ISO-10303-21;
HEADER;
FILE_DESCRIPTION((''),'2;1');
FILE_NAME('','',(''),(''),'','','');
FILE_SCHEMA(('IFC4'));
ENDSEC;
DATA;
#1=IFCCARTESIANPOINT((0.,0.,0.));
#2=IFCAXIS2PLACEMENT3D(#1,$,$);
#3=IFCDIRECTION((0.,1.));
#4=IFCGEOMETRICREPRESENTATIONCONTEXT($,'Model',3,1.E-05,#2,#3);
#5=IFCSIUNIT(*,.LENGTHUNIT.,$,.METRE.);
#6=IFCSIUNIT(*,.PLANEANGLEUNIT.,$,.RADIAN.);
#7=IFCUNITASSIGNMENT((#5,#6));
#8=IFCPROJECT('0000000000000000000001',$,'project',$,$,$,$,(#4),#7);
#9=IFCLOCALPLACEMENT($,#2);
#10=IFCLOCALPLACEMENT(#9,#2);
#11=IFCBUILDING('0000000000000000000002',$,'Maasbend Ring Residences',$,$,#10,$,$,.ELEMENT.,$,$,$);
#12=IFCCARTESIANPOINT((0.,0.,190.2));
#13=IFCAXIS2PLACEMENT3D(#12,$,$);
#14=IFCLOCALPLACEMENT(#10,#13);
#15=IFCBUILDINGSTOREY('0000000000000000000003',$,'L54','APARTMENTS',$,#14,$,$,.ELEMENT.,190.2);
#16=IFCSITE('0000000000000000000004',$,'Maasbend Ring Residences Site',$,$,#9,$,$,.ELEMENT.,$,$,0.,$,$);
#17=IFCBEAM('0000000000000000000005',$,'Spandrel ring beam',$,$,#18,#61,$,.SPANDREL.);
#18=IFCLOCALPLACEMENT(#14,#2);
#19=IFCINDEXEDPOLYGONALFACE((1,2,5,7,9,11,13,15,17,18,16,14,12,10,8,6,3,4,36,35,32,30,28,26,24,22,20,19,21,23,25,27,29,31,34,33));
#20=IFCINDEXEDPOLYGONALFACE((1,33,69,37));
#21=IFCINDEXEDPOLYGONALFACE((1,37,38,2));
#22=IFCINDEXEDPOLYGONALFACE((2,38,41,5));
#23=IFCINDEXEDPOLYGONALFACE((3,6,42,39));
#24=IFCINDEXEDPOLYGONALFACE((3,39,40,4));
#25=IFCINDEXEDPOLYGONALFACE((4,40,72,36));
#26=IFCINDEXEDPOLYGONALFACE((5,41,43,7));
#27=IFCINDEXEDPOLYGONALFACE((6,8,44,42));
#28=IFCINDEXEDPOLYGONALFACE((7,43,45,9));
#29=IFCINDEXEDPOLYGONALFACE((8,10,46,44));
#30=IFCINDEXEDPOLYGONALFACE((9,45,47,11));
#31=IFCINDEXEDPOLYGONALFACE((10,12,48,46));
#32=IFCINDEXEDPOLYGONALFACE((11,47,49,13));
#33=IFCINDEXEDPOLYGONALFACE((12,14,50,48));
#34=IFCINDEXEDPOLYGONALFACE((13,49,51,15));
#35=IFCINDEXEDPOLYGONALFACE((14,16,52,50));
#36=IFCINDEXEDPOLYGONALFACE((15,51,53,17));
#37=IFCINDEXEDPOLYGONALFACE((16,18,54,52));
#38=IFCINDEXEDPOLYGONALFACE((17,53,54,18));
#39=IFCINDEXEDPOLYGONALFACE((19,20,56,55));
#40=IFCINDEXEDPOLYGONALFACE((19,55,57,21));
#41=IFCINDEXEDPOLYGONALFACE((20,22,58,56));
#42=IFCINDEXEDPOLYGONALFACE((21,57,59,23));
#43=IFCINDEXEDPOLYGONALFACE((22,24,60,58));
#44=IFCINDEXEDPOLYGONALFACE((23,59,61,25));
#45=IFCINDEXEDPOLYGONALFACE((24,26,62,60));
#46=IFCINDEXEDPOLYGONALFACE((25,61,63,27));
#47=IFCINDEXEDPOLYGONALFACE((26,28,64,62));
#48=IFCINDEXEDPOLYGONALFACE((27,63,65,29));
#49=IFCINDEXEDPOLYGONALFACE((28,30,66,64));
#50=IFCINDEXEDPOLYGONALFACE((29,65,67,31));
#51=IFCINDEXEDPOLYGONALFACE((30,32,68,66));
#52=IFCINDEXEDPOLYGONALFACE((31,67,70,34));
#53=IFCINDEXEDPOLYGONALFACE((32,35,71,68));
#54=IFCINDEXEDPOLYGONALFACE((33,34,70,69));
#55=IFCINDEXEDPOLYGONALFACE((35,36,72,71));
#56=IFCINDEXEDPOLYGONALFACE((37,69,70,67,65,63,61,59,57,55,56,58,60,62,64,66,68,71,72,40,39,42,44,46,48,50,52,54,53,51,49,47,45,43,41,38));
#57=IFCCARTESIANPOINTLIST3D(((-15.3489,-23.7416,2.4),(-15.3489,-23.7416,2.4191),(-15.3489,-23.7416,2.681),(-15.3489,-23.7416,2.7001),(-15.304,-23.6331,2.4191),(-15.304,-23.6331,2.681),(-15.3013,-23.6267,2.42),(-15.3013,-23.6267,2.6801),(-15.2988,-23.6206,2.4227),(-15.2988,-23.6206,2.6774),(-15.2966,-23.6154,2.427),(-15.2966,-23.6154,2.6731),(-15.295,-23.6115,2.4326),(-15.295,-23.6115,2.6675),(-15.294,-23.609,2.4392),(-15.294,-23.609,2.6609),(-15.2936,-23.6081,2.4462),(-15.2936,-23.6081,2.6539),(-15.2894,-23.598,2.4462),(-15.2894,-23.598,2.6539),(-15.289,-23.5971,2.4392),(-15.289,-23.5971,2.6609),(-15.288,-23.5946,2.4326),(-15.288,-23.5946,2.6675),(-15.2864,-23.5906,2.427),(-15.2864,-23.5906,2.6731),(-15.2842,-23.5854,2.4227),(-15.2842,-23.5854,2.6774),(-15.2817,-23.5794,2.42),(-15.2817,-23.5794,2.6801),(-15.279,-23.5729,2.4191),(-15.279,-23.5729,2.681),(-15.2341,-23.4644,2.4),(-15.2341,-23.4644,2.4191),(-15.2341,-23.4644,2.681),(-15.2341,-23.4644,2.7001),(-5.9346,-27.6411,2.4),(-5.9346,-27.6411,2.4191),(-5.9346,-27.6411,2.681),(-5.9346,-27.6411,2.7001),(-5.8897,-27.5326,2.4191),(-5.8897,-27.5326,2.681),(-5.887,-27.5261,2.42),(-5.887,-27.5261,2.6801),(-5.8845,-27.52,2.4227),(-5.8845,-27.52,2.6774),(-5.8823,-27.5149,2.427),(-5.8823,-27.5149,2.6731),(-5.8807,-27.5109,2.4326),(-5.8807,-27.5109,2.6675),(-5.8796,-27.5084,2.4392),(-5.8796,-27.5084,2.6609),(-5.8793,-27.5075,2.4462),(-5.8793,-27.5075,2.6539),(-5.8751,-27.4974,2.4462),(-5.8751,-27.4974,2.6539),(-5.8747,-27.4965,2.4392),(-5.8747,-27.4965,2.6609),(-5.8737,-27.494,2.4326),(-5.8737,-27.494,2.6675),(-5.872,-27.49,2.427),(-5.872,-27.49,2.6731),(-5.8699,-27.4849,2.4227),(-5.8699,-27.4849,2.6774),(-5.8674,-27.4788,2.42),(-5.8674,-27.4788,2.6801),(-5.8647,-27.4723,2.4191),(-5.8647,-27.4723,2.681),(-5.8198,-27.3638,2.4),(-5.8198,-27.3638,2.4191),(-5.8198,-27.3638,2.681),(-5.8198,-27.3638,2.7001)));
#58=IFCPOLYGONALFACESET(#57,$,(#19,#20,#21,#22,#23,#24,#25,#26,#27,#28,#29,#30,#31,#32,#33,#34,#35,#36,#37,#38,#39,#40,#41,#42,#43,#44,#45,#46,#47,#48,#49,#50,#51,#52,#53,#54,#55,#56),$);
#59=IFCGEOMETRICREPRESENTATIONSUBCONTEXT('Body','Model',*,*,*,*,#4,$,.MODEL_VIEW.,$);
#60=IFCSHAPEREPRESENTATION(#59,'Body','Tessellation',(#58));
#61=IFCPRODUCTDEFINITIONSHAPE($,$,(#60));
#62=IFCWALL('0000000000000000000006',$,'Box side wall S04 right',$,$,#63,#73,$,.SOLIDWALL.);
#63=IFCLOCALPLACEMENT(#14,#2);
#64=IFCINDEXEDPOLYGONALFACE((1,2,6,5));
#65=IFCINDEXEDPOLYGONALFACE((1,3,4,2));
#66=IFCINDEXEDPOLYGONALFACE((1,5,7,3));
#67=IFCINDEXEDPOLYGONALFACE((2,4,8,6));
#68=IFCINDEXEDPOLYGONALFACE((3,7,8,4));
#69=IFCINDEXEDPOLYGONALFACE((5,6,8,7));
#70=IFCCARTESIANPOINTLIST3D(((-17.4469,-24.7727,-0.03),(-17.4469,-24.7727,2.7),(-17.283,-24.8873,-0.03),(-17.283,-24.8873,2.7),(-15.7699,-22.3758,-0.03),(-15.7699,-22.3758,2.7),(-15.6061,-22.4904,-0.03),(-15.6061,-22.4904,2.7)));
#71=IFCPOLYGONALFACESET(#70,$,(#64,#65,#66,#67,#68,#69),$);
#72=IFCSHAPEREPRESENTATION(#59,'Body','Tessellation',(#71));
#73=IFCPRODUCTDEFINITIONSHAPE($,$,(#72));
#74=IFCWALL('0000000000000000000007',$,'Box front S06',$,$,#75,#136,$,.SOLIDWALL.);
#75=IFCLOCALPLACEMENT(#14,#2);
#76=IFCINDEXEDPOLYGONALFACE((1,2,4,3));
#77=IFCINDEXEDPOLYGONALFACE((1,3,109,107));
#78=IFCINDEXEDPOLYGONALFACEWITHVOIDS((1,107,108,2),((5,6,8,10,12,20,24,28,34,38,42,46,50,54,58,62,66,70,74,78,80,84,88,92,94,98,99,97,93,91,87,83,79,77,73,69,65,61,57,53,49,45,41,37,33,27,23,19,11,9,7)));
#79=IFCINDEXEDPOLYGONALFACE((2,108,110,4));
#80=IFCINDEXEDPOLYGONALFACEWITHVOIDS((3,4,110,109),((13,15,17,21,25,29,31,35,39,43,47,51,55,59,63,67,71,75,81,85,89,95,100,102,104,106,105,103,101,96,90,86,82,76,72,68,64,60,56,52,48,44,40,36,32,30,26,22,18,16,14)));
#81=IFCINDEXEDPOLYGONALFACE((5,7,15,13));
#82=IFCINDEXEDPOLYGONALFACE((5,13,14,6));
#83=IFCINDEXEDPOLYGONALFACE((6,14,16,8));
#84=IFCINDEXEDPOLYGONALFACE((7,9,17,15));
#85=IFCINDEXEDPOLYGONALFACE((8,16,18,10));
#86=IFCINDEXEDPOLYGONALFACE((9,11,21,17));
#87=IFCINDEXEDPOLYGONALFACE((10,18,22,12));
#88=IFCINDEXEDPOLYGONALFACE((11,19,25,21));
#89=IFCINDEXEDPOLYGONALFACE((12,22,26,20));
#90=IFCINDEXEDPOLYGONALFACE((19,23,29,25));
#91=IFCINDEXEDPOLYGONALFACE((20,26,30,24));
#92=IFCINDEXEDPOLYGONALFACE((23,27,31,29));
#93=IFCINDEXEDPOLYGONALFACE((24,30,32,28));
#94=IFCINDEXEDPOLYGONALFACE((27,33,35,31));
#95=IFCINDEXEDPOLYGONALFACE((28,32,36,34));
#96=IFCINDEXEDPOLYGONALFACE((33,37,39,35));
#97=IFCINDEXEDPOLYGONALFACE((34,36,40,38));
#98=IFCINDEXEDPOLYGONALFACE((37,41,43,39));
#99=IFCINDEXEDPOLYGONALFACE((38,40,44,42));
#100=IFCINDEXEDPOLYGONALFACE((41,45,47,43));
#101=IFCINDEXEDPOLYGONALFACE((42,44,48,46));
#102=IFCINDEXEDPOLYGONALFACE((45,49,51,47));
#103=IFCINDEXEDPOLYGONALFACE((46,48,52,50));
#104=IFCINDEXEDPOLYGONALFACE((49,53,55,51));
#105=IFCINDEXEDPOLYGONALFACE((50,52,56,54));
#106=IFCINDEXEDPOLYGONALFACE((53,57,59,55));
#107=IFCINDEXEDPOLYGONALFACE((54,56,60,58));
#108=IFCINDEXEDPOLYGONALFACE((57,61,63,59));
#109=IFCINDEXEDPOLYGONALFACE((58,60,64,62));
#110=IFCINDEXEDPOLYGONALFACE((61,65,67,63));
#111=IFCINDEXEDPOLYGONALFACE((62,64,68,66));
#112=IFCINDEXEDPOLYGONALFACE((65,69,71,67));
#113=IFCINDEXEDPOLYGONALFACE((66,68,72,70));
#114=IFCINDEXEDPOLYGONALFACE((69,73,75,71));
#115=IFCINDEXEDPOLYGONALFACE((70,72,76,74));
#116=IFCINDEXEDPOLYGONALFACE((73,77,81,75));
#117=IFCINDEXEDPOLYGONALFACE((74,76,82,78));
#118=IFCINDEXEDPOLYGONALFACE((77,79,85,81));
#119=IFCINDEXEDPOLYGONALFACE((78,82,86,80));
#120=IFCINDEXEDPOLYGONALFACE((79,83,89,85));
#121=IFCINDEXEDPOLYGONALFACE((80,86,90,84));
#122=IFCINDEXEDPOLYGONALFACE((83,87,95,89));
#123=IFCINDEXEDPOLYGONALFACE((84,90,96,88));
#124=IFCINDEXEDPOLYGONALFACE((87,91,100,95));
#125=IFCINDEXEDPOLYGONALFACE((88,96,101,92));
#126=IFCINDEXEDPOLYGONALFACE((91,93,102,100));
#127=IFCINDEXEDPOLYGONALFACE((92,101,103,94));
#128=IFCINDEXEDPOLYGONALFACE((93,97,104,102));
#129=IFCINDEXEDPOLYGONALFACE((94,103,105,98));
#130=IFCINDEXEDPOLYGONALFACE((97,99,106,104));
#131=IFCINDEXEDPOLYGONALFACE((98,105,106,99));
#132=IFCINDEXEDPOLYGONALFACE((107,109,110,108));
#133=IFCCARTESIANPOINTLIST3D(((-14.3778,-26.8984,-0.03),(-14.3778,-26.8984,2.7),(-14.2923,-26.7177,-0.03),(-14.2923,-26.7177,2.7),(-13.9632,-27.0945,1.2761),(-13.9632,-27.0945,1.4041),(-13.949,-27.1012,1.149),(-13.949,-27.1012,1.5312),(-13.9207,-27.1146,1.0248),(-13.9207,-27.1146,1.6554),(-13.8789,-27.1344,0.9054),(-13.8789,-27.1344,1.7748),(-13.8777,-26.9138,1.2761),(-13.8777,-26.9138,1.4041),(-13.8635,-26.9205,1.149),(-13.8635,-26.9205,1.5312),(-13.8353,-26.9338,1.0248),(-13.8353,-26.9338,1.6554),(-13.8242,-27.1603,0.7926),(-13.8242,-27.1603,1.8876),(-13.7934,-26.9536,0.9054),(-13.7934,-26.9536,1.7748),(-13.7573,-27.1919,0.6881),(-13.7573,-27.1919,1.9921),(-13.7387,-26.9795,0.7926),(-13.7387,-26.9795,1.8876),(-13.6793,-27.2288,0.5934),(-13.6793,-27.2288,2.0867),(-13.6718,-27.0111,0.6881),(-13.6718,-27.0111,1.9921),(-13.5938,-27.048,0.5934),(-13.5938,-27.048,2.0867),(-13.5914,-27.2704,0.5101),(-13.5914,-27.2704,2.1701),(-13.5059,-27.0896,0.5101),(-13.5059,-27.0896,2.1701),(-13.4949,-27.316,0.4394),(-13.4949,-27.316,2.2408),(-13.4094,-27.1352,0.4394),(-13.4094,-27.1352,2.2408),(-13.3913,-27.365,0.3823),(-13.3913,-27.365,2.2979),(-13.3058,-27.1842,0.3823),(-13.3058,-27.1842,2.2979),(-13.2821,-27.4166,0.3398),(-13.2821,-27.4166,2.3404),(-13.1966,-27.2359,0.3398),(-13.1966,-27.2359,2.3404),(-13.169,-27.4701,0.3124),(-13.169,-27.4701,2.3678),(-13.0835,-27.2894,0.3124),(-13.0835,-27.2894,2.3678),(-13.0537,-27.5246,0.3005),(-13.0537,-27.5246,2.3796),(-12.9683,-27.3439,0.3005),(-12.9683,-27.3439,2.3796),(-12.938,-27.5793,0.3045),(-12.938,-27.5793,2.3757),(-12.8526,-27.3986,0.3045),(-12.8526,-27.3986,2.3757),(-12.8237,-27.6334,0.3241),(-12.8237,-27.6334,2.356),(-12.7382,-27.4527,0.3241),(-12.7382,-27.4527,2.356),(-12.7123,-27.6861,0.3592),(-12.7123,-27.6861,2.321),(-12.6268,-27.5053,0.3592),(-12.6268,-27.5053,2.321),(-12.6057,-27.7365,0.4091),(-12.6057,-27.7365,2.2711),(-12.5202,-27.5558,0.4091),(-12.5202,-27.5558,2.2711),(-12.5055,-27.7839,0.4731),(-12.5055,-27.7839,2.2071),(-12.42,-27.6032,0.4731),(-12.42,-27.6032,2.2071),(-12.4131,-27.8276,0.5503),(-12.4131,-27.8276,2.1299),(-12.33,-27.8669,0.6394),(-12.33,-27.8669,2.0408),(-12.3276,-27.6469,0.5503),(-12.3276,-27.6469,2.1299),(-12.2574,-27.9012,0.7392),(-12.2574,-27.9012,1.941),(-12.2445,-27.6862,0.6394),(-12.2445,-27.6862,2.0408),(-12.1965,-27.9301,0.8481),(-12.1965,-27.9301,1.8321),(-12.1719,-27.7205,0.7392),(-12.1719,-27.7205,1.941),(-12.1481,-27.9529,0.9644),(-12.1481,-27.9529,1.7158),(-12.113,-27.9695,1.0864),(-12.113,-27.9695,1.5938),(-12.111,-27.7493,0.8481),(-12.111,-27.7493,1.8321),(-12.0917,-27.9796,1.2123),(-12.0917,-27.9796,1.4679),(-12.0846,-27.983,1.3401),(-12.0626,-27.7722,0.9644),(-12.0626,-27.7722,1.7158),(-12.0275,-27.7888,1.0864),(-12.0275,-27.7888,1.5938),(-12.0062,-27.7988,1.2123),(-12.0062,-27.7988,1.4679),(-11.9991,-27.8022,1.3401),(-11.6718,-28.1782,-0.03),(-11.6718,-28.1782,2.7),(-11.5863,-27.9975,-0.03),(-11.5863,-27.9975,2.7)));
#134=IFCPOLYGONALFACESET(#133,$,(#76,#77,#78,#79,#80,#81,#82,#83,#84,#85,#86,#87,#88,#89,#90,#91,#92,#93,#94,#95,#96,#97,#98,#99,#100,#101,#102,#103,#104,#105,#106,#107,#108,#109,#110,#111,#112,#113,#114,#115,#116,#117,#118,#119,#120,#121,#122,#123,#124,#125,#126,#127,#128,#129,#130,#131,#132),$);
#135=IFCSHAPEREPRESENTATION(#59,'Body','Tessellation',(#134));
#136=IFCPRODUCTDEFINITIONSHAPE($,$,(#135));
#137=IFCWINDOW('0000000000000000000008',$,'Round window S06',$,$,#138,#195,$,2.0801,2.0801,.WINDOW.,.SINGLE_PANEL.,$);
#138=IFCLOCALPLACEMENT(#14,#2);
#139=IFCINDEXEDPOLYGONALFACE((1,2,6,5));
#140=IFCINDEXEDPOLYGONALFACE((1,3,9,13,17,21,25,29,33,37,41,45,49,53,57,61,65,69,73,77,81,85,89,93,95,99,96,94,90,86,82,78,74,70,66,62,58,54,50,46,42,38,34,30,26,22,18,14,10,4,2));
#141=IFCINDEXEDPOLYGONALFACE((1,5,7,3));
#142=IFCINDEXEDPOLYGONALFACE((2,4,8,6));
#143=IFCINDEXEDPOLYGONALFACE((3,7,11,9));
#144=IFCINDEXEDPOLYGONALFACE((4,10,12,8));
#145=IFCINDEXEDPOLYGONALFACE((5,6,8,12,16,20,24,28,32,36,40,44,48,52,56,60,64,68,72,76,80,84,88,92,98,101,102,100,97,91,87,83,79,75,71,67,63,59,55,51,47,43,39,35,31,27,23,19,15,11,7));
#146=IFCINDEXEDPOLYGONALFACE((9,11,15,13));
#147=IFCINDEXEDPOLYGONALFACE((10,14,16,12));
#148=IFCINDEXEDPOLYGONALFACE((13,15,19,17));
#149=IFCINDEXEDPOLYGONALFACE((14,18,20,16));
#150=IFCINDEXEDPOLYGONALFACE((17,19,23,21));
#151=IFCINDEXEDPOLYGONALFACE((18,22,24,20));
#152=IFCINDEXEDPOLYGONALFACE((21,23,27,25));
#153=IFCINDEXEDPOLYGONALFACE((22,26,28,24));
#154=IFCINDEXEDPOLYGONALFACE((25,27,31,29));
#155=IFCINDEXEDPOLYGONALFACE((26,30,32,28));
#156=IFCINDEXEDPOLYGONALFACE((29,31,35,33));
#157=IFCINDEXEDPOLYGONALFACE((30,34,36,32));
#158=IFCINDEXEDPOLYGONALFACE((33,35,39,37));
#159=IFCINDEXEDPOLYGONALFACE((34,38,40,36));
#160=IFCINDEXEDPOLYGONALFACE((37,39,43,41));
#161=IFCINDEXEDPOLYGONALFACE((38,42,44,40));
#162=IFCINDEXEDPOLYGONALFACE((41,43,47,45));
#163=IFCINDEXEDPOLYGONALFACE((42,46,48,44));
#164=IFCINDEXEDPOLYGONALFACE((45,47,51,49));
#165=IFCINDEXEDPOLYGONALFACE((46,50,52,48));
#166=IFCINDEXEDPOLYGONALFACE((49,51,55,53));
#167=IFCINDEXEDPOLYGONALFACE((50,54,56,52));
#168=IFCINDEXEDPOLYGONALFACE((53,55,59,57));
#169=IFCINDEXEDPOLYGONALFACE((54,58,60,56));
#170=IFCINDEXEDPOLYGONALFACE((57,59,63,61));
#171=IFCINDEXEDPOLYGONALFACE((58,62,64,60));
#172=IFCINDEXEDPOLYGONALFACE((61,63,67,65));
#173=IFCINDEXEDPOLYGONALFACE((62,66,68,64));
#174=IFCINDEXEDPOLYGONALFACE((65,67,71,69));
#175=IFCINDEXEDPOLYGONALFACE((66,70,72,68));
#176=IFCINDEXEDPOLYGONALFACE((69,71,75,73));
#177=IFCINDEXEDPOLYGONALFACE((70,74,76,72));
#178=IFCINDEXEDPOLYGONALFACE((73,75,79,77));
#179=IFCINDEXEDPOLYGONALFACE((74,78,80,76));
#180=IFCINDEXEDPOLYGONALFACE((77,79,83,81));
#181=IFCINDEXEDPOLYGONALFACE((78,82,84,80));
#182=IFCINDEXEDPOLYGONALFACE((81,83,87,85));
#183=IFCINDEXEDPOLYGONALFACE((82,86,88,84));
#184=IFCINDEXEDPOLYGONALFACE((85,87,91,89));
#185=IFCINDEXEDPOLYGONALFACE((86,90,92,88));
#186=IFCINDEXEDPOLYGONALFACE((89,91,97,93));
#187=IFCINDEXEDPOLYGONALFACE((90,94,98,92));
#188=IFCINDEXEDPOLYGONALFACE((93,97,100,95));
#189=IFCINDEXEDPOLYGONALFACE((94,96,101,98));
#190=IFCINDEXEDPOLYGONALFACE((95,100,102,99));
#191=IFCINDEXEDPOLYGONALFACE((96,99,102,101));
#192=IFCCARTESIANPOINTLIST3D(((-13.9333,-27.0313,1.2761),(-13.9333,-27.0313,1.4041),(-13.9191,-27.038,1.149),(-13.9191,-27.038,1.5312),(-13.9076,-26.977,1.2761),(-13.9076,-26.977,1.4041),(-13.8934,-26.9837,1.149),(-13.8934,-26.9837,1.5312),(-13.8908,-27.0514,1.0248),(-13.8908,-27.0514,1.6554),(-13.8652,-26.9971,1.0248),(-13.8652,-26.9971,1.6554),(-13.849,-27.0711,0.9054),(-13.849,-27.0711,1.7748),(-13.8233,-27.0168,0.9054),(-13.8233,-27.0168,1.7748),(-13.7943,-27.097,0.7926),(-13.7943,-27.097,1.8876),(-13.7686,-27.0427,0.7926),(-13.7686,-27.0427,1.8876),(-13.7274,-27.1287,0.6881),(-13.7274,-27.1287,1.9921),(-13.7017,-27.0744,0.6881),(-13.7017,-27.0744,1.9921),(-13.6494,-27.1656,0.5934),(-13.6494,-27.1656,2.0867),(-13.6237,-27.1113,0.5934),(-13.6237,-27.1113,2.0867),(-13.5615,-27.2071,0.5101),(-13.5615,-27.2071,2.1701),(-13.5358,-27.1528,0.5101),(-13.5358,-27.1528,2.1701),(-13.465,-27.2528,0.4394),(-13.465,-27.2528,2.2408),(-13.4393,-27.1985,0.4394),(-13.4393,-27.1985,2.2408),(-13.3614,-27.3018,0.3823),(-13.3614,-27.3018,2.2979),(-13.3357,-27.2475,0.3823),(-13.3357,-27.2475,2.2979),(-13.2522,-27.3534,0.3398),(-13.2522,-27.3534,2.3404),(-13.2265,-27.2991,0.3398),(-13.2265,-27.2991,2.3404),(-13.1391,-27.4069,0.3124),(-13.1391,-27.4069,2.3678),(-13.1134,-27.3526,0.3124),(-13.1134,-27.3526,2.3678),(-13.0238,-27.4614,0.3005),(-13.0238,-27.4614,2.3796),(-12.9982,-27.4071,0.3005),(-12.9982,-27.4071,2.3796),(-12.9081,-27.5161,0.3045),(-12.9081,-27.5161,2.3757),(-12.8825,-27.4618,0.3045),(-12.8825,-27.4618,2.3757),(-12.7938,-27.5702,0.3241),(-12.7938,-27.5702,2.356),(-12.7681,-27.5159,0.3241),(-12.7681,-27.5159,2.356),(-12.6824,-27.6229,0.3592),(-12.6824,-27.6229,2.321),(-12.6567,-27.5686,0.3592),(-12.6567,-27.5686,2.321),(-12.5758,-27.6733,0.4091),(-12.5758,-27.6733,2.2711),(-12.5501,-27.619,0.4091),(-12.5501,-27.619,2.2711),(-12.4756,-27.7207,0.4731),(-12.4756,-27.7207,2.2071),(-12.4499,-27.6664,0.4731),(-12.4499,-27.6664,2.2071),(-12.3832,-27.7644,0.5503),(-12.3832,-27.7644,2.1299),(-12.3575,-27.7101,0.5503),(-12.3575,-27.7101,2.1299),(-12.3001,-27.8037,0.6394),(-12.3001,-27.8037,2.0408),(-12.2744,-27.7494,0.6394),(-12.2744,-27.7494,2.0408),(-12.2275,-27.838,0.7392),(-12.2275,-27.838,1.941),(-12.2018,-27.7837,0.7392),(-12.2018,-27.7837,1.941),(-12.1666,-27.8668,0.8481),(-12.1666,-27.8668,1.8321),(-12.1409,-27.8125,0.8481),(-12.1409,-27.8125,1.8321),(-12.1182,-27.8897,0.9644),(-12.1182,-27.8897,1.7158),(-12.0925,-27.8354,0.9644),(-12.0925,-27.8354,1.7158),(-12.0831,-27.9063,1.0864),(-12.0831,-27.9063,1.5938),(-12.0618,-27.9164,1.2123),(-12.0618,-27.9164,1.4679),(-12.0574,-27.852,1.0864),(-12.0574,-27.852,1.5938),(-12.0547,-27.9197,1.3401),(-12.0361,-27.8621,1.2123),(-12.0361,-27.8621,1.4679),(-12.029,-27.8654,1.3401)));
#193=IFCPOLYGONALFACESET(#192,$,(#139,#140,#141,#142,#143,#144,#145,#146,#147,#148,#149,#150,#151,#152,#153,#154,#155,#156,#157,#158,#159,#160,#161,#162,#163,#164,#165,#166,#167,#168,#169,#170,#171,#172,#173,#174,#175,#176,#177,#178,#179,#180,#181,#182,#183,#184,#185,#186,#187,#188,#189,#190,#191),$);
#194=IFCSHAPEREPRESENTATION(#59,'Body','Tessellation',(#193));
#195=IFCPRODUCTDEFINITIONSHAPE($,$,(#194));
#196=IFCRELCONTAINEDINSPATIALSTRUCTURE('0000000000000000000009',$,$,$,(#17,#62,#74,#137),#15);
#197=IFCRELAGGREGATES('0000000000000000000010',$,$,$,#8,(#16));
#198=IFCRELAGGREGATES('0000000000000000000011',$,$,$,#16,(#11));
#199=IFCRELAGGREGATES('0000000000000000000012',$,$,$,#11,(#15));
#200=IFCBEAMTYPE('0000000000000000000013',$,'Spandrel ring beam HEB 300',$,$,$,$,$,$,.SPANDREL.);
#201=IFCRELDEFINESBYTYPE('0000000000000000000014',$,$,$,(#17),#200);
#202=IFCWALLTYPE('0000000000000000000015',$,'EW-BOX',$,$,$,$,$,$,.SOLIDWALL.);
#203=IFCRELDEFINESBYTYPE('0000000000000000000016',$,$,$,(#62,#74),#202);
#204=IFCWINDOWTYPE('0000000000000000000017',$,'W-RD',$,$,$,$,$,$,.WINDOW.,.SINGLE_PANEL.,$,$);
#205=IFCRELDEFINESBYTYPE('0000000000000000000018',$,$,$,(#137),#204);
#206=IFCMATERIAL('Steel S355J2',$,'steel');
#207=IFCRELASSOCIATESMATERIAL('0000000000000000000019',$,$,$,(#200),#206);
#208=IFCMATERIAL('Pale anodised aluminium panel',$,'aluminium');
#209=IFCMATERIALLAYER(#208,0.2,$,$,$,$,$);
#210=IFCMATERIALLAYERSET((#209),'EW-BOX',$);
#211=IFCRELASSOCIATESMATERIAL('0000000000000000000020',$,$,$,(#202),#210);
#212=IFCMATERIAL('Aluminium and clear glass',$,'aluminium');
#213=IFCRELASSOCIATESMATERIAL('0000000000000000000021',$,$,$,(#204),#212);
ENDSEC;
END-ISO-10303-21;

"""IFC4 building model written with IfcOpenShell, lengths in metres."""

from ifc_helpers import new_model, si_unit, direction, frame, frame_2d, origin, origin_2d, place, context, subcontext, project, spatial, rectangle, circle, i_section, extrude, material, layer, layer_set, material_profile, profile_set, type_object, element, fill, save


model = new_model("IFC4")

# Units and contexts
model_context = context("Model", 3, precision=1e-05, world=origin(), true_north=direction((0.0, 1.0)))
body_context = subcontext(model_context, "Body", "Model", "MODEL_VIEW")
ifc_project = project(units=[si_unit("LENGTHUNIT", "METRE"), si_unit("PLANEANGLEUNIT", "RADIAN")], contexts=[model_context])

# Site, building, storey
site_placement = place(None, origin())
site = spatial("IfcSite", under=ifc_project, at=site_placement, Name="Maasbend Ring Residences Site", CompositionType="ELEMENT", RefElevation=0.0)
building_placement = place(site_placement, origin())
building = spatial("IfcBuilding", under=site, at=building_placement, Name="Maasbend Ring Residences", CompositionType="ELEMENT")
storey_placement = place(building_placement, frame((0.0, 0.0, 190.2)))
storey = spatial("IfcBuildingStorey", under=building, at=storey_placement, Name="L54", Description="APARTMENTS", CompositionType="ELEMENT", Elevation=190.2)

# Beam
ifc_material_1 = material(Name="Steel S355J2", Category="steel")
ifc_material_profile_1 = material_profile(ifc_material_1, i_section(OverallWidth=0.3, OverallDepth=0.3, WebThickness=0.011, FlangeThickness=0.019, FilletRadius=0.0271, at=origin_2d()), Name="HEB 300")
ifc_profile_set_1 = profile_set([ifc_material_profile_1], Name="Steel S355J2")
beam_type_1 = type_object("IfcBeamType", Name="Spandrel ring beam HEB 300", PredefinedType="SPANDREL", material=ifc_profile_set_1)
beam_1_placement = place(storey_placement, frame((-15.2915, -23.603, 2.55), z_axis=(0.923884, -0.382673, 0.0), x_axis=(0.382673, 0.923884, 0.0)))
element("IfcBeam", 1, at=beam_1_placement, inside=storey, type_object=beam_type_1, Name="Spandrel ring beam", PredefinedType="SPANDREL", context=body_context, shape_type="SweptSolid", body=[
    extrude(i_section(OverallWidth=0.3, OverallDepth=0.3, WebThickness=0.011, FlangeThickness=0.019, FilletRadius=0.0271, at=origin_2d()), origin(), (0.0, 0.0, 1.0), 10.1899),
])

# Wall
ifc_material_2 = material(Name="Pale anodised aluminium panel", Category="aluminium")
ifc_layer_1 = layer(ifc_material_2, 0.2)
ifc_layer_set_1 = layer_set([ifc_layer_1], Name="EW-BOX")
wall_type_1 = type_object("IfcWallType", Name="EW-BOX", PredefinedType="SOLIDWALL", material=ifc_layer_set_1)
wall_1_placement = place(storey_placement, frame((-15.688, -22.4331, -0.03), z_axis=(0.0, 0.0, 1.0), x_axis=(-0.573261, -0.819373, 0.0)))
element("IfcWall", 2, at=wall_1_placement, inside=storey, type_object=wall_type_1, Name="Box side wall S04 right", PredefinedType="SOLIDWALL", context=body_context, shape_type="SweptSolid", body=[
    extrude(rectangle(XDim=2.9253, YDim=0.2, at=frame_2d((1.4626, 0.0))), origin(), (0.0, 0.0, 1.0), 2.73),
])

# Wall, opening, window
wall_2_placement = place(storey_placement, frame((-14.335, -26.8081, -0.03), z_axis=(0.0, 0.0, 1.0), x_axis=(0.904, -0.427532, 0.0)))
wall_2 = element("IfcWall", 3, at=wall_2_placement, inside=storey, type_object=wall_type_1, Name="Box front S06", PredefinedType="SOLIDWALL", context=body_context, shape_type="SweptSolid", body=[
    extrude(rectangle(XDim=2.9934, YDim=0.2, at=frame_2d((1.4966, 0.0))), origin(), (0.0, 0.0, 1.0), 2.73),
])
opening_1_placement = place(wall_2_placement, frame((0.4565, 0.0, 0.3301)))
opening_1 = element("IfcOpeningElement", 4, at=opening_1_placement, cuts=wall_2, PredefinedType="OPENING", context=body_context, shape_type="SweptSolid", body=[
    extrude(circle(Radius=1.04, at=frame_2d((1.04, 1.04))), frame((0.0, 0.1099, 0.0), z_axis=(0.0, -1.0, 0.0), x_axis=(1.0, 0.0, 0.0)), (0.0, 0.0, 1.0), 0.22),
])
ifc_material_3 = material(Name="Aluminium and clear glass", Category="aluminium")
window_type_1 = type_object("IfcWindowType", Name="W-RD", PartitioningType="SINGLE_PANEL", PredefinedType="WINDOW", material=ifc_material_3)
window_1_placement = place(opening_1_placement, origin())
window_1 = element("IfcWindow", 5, at=window_1_placement, inside=storey, type_object=window_type_1, Name="Round window S06", OverallHeight=2.0801, OverallWidth=2.0801, PartitioningType="SINGLE_PANEL", PredefinedType="WINDOW", context=body_context, shape_type="SweptSolid", body=[
    extrude(circle(Radius=1.04, at=frame_2d((1.04, 1.04))), frame((0.0, 0.03, 0.0), z_axis=(0.0, -1.0, 0.0), x_axis=(1.0, 0.0, 0.0)), (0.0, 0.0, 1.0), 0.0601),
])
fill(opening_1, window_1)

save(model, "model.ifc")
